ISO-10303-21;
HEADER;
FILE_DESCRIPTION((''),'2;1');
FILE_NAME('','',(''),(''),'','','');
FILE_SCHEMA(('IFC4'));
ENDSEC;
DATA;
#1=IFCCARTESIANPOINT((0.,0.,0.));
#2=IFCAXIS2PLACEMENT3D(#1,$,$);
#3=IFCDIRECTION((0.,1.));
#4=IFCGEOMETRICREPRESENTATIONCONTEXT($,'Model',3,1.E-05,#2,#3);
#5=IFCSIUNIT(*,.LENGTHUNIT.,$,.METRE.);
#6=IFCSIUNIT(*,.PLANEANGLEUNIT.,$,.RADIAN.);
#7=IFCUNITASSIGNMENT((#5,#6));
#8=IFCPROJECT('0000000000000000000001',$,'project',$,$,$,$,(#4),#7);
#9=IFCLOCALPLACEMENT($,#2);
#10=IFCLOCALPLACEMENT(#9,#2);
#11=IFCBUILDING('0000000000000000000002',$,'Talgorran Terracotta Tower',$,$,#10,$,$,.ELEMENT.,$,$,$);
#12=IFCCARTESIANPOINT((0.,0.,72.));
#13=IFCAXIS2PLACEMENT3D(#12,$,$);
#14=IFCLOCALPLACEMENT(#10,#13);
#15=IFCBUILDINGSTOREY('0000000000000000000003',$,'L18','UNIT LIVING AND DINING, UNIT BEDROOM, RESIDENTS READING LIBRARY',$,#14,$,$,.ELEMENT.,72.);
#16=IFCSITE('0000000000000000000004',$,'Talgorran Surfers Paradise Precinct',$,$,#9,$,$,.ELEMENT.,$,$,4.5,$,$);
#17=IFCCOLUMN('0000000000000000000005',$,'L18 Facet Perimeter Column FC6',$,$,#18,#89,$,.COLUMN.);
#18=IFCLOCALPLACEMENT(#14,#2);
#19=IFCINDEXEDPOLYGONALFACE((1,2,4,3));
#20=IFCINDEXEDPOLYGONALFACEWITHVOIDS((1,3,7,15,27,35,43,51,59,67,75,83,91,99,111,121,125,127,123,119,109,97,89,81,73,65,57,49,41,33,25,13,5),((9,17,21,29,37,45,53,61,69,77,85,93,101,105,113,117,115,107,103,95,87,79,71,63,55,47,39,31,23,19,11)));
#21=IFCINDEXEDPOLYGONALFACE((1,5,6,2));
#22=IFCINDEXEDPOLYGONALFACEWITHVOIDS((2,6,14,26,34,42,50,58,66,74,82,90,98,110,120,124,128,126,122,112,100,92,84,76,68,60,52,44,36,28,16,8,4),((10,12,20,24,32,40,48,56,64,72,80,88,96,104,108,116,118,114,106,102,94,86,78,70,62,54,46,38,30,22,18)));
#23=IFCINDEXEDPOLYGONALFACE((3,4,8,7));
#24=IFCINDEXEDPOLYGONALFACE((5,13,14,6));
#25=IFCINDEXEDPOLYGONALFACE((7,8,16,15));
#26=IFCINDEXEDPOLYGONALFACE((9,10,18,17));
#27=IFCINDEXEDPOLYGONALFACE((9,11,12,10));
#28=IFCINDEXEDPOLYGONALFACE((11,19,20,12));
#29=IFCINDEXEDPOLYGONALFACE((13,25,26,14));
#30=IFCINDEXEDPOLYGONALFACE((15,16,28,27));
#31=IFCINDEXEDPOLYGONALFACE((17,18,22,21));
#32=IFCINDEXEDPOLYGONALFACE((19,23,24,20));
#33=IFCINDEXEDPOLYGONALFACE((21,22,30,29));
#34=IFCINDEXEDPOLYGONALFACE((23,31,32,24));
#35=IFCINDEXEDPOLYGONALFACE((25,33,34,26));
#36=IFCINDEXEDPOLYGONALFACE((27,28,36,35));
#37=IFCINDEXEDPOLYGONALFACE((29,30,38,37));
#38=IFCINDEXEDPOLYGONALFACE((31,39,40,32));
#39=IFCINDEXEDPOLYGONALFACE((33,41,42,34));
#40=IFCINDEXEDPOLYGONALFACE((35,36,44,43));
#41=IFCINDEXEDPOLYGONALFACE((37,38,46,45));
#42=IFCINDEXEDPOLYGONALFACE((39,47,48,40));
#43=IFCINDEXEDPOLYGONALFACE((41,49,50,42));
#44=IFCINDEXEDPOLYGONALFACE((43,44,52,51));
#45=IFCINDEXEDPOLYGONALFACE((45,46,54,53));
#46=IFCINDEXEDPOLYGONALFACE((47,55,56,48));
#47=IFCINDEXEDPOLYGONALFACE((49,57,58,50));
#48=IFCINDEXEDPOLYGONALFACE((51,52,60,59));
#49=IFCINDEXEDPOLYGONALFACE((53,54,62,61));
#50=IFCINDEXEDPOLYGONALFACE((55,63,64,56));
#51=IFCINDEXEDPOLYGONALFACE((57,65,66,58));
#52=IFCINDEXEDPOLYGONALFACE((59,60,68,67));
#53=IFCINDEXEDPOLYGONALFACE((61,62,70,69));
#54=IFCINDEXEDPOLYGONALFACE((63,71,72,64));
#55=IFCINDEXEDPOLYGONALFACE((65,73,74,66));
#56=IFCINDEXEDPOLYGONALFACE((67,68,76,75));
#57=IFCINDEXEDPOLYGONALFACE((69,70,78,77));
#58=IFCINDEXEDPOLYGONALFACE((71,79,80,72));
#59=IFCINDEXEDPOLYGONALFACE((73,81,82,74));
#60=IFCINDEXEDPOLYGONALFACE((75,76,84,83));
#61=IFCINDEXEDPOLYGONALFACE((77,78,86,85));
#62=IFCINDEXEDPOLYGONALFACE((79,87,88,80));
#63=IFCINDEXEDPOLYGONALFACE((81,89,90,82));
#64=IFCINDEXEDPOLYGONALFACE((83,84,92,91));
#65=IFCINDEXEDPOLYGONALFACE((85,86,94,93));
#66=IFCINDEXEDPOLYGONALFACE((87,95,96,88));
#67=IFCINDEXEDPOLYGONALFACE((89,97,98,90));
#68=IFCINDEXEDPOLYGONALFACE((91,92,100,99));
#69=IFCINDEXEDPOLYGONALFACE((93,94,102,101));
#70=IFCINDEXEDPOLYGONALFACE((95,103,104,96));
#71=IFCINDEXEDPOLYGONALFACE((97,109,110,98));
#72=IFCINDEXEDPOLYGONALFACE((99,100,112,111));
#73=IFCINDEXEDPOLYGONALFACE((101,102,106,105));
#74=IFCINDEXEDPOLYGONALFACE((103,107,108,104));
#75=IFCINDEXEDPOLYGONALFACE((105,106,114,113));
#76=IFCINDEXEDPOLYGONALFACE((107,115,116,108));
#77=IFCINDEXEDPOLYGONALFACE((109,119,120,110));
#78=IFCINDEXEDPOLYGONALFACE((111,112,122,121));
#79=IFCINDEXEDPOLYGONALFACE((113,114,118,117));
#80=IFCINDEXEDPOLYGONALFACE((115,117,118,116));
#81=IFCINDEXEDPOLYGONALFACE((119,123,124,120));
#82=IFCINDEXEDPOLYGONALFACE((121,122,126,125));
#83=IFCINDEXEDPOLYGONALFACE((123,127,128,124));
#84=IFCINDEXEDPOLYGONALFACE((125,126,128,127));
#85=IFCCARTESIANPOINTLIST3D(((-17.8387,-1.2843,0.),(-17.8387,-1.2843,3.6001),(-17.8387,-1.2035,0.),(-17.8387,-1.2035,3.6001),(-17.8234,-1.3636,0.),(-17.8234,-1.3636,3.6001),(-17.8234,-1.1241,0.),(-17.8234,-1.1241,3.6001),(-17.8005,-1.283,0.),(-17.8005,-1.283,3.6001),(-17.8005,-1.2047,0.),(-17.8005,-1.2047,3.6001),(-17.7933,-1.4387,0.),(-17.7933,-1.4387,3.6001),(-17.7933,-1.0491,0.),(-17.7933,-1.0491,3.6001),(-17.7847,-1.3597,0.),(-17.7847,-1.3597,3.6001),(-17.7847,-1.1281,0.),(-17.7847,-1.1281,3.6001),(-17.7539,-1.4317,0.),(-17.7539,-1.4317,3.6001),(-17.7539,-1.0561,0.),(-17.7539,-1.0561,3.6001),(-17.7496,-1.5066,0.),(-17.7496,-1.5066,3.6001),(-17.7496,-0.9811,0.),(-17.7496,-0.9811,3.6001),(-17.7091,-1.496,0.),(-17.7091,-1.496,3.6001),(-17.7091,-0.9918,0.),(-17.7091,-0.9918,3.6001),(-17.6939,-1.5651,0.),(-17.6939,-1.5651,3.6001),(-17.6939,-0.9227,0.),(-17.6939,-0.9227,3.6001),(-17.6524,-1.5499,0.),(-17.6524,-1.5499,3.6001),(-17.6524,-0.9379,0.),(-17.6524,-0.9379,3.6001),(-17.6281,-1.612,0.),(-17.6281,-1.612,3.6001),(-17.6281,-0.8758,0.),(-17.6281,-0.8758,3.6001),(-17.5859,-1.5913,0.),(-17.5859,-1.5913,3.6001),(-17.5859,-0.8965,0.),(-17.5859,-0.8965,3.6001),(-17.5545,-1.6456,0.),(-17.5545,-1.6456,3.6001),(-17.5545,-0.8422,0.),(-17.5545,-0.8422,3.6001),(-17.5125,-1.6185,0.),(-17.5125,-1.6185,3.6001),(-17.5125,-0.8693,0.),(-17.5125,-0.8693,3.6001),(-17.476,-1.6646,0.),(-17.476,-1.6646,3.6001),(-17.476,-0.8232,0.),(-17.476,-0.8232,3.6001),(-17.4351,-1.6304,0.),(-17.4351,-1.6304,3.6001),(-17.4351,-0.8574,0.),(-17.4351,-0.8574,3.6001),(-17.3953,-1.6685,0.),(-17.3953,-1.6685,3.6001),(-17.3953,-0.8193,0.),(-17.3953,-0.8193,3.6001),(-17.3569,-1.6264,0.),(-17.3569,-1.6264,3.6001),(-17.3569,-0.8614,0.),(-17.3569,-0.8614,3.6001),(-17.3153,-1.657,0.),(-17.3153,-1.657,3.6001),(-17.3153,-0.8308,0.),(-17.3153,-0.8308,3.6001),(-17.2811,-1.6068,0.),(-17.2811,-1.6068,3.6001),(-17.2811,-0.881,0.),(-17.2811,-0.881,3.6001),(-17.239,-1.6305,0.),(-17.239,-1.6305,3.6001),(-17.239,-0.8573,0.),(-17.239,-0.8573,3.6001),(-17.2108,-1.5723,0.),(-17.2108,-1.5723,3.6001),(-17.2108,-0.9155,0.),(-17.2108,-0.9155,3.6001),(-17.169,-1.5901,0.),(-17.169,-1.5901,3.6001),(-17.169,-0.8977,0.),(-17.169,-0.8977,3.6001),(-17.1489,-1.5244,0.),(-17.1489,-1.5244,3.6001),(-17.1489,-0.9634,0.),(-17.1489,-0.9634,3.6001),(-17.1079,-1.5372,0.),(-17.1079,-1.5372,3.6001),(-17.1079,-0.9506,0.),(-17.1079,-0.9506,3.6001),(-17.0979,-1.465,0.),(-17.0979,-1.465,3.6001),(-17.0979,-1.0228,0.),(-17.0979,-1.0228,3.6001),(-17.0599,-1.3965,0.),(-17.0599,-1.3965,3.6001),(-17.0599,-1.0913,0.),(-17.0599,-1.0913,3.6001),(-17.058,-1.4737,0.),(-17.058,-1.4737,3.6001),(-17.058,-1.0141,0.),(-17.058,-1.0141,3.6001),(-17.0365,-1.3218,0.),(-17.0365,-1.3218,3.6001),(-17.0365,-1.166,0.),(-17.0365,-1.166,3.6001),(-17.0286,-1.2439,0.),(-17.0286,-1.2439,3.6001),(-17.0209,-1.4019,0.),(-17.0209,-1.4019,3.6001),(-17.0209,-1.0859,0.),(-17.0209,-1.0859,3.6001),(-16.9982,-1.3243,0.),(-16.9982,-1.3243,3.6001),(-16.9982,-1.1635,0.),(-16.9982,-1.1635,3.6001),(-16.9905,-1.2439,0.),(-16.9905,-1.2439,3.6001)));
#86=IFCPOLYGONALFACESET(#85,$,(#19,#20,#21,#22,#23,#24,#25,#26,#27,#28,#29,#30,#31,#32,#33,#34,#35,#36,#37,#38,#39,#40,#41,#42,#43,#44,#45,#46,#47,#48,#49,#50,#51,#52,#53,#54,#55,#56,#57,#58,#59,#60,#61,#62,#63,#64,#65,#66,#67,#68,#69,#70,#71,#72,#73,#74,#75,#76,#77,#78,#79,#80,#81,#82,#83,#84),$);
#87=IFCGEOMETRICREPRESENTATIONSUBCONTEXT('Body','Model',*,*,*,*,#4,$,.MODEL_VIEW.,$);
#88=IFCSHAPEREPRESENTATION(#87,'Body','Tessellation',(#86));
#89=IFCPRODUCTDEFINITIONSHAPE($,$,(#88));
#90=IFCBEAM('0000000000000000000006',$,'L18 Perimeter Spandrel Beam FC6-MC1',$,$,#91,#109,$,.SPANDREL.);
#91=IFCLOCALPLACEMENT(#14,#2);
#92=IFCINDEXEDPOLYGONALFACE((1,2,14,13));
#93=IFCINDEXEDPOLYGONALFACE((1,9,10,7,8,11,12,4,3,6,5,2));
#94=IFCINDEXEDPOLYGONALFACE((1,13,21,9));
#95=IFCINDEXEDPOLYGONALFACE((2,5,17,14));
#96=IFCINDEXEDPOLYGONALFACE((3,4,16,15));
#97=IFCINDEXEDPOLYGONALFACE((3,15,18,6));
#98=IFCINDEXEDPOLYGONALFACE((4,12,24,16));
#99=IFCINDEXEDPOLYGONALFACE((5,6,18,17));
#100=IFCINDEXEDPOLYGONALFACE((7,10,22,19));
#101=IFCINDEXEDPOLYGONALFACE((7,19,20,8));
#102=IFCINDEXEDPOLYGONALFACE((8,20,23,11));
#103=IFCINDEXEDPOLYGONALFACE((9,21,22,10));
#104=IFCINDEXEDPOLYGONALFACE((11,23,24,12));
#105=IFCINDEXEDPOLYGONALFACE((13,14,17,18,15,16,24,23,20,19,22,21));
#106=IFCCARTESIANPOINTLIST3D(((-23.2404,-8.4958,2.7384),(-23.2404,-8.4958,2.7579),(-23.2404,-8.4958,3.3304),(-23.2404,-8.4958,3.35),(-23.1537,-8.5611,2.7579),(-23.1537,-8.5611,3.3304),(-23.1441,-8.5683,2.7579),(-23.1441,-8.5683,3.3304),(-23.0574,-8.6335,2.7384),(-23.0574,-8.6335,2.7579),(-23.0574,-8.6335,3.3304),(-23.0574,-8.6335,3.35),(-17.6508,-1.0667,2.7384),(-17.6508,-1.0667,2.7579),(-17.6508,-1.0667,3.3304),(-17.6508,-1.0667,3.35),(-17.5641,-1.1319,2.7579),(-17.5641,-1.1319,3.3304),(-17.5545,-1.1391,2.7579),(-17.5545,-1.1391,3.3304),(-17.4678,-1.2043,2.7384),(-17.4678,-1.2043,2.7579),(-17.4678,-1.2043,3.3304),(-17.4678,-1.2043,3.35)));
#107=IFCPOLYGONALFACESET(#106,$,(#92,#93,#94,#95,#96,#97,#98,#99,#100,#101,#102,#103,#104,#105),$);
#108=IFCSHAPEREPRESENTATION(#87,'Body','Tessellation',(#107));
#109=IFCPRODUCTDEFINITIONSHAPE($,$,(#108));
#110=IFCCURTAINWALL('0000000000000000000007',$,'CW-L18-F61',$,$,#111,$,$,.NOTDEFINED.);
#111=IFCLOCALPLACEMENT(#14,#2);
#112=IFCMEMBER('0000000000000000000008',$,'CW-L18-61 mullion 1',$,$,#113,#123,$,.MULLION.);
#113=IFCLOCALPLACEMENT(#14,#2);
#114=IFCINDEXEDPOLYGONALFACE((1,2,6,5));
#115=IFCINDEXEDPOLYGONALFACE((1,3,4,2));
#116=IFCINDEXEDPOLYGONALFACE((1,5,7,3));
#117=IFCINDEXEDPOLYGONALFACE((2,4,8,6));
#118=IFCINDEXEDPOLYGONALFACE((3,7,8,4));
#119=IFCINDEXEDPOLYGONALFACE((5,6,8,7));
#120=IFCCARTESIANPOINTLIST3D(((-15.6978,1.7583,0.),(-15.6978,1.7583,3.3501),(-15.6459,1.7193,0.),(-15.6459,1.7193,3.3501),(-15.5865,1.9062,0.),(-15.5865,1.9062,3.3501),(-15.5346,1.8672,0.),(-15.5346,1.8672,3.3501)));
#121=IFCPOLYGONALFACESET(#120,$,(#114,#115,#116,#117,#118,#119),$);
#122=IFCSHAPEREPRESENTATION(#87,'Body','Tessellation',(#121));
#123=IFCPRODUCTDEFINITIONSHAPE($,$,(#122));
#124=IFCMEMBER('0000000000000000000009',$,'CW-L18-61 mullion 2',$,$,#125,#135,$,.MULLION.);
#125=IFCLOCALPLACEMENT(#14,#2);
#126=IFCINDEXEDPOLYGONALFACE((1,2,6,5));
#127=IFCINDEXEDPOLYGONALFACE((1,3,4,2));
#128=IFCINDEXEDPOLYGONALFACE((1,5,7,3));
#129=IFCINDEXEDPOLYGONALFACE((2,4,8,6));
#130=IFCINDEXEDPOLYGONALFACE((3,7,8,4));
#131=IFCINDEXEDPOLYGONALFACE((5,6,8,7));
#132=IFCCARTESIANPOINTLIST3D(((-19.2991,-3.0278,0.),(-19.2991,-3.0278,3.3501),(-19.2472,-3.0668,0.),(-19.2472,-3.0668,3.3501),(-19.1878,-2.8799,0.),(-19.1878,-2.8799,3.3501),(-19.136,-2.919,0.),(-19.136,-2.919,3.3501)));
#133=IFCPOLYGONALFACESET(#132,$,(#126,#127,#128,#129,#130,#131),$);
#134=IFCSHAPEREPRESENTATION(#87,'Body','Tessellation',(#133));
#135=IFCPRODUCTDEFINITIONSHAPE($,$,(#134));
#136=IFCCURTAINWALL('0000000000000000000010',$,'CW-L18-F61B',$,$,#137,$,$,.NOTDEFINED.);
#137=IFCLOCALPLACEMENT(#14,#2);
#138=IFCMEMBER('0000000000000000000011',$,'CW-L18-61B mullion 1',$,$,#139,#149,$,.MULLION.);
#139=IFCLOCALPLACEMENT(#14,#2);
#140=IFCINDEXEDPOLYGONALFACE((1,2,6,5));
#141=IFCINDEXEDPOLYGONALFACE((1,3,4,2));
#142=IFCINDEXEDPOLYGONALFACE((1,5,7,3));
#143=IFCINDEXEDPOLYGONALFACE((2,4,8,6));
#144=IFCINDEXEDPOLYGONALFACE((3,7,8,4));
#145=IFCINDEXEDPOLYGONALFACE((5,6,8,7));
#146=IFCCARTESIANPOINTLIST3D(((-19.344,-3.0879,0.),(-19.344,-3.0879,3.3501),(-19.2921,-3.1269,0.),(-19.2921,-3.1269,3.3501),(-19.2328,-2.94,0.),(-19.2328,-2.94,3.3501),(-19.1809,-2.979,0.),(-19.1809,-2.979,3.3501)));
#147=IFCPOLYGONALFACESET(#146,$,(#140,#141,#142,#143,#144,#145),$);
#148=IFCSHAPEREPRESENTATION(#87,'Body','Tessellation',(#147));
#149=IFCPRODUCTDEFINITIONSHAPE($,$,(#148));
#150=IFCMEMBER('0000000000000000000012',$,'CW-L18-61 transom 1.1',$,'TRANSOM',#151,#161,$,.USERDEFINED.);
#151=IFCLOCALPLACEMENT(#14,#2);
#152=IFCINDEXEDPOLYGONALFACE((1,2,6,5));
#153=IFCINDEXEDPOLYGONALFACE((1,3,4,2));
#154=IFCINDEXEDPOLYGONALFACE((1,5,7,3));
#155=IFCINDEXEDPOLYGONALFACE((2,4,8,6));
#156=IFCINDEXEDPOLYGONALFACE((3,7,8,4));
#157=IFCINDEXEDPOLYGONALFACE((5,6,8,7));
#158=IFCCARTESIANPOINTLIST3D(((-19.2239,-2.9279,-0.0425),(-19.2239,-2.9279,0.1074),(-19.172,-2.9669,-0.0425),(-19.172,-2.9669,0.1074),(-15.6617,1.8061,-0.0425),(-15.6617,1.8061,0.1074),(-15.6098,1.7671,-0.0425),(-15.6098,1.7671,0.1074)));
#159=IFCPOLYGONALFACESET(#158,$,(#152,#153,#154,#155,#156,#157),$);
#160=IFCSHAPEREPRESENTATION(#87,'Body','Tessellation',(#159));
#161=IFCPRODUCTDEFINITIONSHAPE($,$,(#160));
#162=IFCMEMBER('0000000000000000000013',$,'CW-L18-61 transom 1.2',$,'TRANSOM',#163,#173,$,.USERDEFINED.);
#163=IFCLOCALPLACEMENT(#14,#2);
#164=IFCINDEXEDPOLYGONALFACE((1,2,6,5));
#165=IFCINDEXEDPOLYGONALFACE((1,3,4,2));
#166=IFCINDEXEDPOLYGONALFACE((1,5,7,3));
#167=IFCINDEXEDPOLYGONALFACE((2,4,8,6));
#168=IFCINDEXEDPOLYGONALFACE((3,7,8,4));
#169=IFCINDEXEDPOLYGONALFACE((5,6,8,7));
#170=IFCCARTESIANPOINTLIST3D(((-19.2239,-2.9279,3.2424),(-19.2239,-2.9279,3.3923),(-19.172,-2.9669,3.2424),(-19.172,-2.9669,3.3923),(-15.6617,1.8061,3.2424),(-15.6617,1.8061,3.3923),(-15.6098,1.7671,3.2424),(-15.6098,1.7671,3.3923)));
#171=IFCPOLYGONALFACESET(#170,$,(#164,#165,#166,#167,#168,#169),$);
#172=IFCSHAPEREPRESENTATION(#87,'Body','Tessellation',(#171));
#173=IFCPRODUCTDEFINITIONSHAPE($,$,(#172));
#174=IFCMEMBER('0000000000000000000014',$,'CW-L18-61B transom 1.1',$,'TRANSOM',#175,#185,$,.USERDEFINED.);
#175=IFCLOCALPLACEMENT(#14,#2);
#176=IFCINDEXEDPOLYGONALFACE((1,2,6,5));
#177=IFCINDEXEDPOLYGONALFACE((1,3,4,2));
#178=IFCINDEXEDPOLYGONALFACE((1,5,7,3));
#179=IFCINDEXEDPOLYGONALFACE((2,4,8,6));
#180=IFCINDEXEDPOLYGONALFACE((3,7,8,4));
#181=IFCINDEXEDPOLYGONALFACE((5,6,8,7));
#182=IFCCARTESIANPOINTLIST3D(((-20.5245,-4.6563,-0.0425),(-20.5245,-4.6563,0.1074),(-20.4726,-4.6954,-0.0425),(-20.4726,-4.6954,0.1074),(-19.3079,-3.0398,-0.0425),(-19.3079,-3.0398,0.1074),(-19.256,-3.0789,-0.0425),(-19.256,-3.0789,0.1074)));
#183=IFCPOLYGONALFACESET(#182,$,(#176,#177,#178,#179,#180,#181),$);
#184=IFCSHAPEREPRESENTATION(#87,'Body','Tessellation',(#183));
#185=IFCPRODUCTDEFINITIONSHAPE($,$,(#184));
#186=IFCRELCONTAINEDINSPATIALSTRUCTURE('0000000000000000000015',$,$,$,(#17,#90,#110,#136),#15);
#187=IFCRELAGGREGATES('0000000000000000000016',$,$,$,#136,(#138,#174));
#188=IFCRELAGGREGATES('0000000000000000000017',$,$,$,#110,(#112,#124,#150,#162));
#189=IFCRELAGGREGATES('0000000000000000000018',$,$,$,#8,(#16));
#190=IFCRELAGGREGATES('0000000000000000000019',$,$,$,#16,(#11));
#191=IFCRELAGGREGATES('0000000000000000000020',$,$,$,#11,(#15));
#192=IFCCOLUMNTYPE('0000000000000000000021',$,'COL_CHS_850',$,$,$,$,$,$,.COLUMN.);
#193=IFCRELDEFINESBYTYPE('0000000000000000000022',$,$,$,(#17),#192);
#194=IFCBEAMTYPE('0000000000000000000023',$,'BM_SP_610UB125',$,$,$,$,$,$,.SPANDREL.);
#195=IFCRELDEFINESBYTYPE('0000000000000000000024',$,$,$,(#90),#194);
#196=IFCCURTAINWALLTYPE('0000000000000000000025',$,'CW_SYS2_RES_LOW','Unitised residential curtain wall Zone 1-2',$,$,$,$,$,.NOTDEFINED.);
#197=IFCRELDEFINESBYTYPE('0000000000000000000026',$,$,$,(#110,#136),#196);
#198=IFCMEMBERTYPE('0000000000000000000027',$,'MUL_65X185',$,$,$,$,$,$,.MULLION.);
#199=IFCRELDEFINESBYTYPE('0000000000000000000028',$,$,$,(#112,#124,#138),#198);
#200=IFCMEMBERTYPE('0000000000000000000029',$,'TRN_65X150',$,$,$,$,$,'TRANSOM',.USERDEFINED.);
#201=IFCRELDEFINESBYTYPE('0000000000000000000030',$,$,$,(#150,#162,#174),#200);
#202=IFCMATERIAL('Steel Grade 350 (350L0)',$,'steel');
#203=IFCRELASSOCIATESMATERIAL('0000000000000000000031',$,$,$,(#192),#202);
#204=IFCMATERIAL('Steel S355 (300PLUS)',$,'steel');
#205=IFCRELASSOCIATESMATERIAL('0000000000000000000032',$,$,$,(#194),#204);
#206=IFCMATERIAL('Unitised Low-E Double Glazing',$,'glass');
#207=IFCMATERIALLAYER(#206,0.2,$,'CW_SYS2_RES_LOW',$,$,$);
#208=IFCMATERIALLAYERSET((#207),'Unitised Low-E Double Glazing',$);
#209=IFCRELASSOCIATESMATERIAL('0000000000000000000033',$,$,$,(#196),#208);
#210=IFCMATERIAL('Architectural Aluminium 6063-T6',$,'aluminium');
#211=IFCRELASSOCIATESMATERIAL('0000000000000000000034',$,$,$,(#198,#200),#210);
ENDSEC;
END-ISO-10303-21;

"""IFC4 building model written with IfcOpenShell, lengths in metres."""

from ifc_helpers import new_model, si_unit, direction, frame, origin, origin_2d, place, context, subcontext, project, spatial, rectangle, hollow_circle, i_section, extrude, material, layer, layer_set, material_profile, profile_set, type_object, element, aggregate, save


model = new_model("IFC4")

# Units and contexts
model_context = context("Model", 3, precision=1e-05, world=origin(), true_north=direction((0.0, 1.0)))
body_context = subcontext(model_context, "Body", "Model", "MODEL_VIEW")
ifc_project = project(units=[si_unit("LENGTHUNIT", "METRE"), si_unit("PLANEANGLEUNIT", "RADIAN")], contexts=[model_context])

# Site, building, storey
site_placement = place(None, origin())
site = spatial("IfcSite", under=ifc_project, at=site_placement, Name="Talgorran Surfers Paradise Precinct", CompositionType="ELEMENT", RefElevation=4.5)
building_placement = place(site_placement, origin())
building = spatial("IfcBuilding", under=site, at=building_placement, Name="Talgorran Terracotta Tower", CompositionType="ELEMENT")
storey_placement = place(building_placement, frame((0.0, 0.0, 72.0)))
storey = spatial("IfcBuildingStorey", under=building, at=storey_placement, Name="L18", Description="UNIT LIVING AND DINING, UNIT BEDROOM, RESIDENTS READING LIBRARY", CompositionType="ELEMENT", Elevation=72.0)

# Column
ifc_material_1 = material(Name="Steel Grade 350 (350L0)", Category="steel")
ifc_material_profile_1 = material_profile(ifc_material_1, hollow_circle(Radius=0.425, WallThickness=0.0381, at=origin_2d()), Name="CHS850X38")
ifc_profile_set_1 = profile_set([ifc_material_profile_1], Name="Steel Grade 350 (350L0)")
column_type = type_object("IfcColumnType", Name="COL_CHS_850", PredefinedType="COLUMN", material=ifc_profile_set_1)
column_placement = place(storey_placement, frame((-17.4155, -1.2439, 0.0), z_axis=(0.0, 0.0, 1.0), x_axis=(1.0, 0.0, 0.0)))
element("IfcColumn", 1, at=column_placement, inside=storey, type_object=column_type, Name="L18 Facet Perimeter Column FC6", PredefinedType="COLUMN", context=body_context, shape_type="SweptSolid", body=[
    extrude(hollow_circle(Radius=0.425, WallThickness=0.0381, at=origin_2d()), origin(), (0.0, 0.0, 1.0), 3.6001),
])

# Beam
ifc_material_2 = material(Name="Steel S355 (300PLUS)", Category="steel")
ifc_material_profile_2 = material_profile(ifc_material_2, i_section(OverallWidth=0.229, OverallDepth=0.6116, WebThickness=0.012, FlangeThickness=0.0195, at=origin_2d()), Name="610UB125")
ifc_profile_set_2 = profile_set([ifc_material_profile_2], Name="Steel S355 (300PLUS)")
beam_type = type_object("IfcBeamType", Name="BM_SP_610UB125", PredefinedType="SPANDREL", material=ifc_profile_set_2)
beam_placement = place(storey_placement, frame((-17.5593, -1.1355, 3.0442), z_axis=(-0.601218, -0.799085, 0.0), x_axis=(0.799085, -0.601218, 0.0)))
element("IfcBeam", 2, at=beam_placement, inside=storey, type_object=beam_type, Name="L18 Perimeter Spandrel Beam FC6-MC1", PredefinedType="SPANDREL", context=body_context, shape_type="SweptSolid", body=[
    extrude(i_section(OverallWidth=0.229, OverallDepth=0.6116, WebThickness=0.012, FlangeThickness=0.0195, at=origin_2d()), origin(), (0.0, 0.0, 1.0), 9.2971),
])

# Curtain wall, members
ifc_material_3 = material(Name="Unitised Low-E Double Glazing", Category="glass")
ifc_layer_1 = layer(ifc_material_3, 0.2, Name="CW_SYS2_RES_LOW")
ifc_layer_set_1 = layer_set([ifc_layer_1], Name="Unitised Low-E Double Glazing")
curtain_wall_type = type_object("IfcCurtainWallType", Name="CW_SYS2_RES_LOW", Description="Unitised residential curtain wall Zone 1-2", PredefinedType="NOTDEFINED", material=ifc_layer_set_1)
curtain_wall_1_placement = place(storey_placement, origin())
curtain_wall_1 = element("IfcCurtainWall", 3, at=curtain_wall_1_placement, inside=storey, type_object=curtain_wall_type, Name="CW-L18-F61", PredefinedType="NOTDEFINED")
ifc_material_4 = material(Name="Architectural Aluminium 6063-T6", Category="aluminium")
ifc_material_profile_3 = material_profile(ifc_material_4, rectangle(XDim=0.0649, YDim=0.1851, at=origin_2d()), Name="CWM65X185")
ifc_profile_set_3 = profile_set([ifc_material_profile_3], Name="Architectural Aluminium 6063-T6")
member_type_1 = type_object("IfcMemberType", Name="MUL_65X185", PredefinedType="MULLION", material=ifc_profile_set_3)
member_1_placement = place(storey_placement, frame((-15.6162, 1.8127, 0.0), z_axis=(0.0, 0.0, 1.0), x_axis=(0.799064, -0.601247, 0.0)))
member_1 = element("IfcMember", 4, at=member_1_placement, type_object=member_type_1, Name="CW-L18-61 mullion 1", PredefinedType="MULLION", context=body_context, shape_type="SweptSolid", body=[
    extrude(rectangle(XDim=0.0649, YDim=0.1851, at=origin_2d()), origin(), (0.0, 0.0, 1.0), 3.3501),
])
member_2_placement = place(storey_placement, frame((-19.2175, -2.9734, 0.0), z_axis=(0.0, 0.0, 1.0), x_axis=(0.799064, -0.601247, 0.0)))
member_2 = element("IfcMember", 5, at=member_2_placement, type_object=member_type_1, Name="CW-L18-61 mullion 2", PredefinedType="MULLION", context=body_context, shape_type="SweptSolid", body=[
    extrude(rectangle(XDim=0.0649, YDim=0.1851, at=origin_2d()), origin(), (0.0, 0.0, 1.0), 3.3501),
])

# Curtain wall, member
curtain_wall_2_placement = place(storey_placement, origin())
curtain_wall_2 = element("IfcCurtainWall", 6, at=curtain_wall_2_placement, inside=storey, type_object=curtain_wall_type, Name="CW-L18-F61B", PredefinedType="NOTDEFINED")
member_3_placement = place(storey_placement, frame((-19.2625, -3.0334, 0.0), z_axis=(0.0, 0.0, 1.0), x_axis=(0.799063, -0.601248, 0.0)))
member_3 = element("IfcMember", 7, at=member_3_placement, type_object=member_type_1, Name="CW-L18-61B mullion 1", PredefinedType="MULLION", context=body_context, shape_type="SweptSolid", body=[
    extrude(rectangle(XDim=0.0649, YDim=0.1851, at=origin_2d()), origin(), (0.0, 0.0, 1.0), 3.3501),
])

# Members
ifc_material_profile_4 = material_profile(ifc_material_4, rectangle(XDim=0.0649, YDim=0.1499, at=origin_2d()), Name="CWT65X150")
ifc_profile_set_4 = profile_set([ifc_material_profile_4], Name="Architectural Aluminium 6063-T6")
member_type_2 = type_object("IfcMemberType", Name="TRN_65X150", ElementType="TRANSOM", PredefinedType="USERDEFINED", material=ifc_profile_set_4)
member_4_placement = place(storey_placement, frame((-15.6357, 1.7866, 0.0325), z_axis=(-0.601259, -0.799055, 0.0), x_axis=(0.799055, -0.601259, 0.0)))
member_4 = element("IfcMember", 8, at=member_4_placement, type_object=member_type_2, Name="CW-L18-61 transom 1.1", ObjectType="TRANSOM", PredefinedType="USERDEFINED", context=body_context, shape_type="SweptSolid", body=[
    extrude(rectangle(XDim=0.0649, YDim=0.1499, at=origin_2d()), origin(), (0.0, 0.0, 1.0), 5.9246),
])
member_5_placement = place(storey_placement, frame((-15.6357, 1.7866, 3.3174), z_axis=(-0.601259, -0.799055, 0.0), x_axis=(0.799055, -0.601259, 0.0)))
member_5 = element("IfcMember", 9, at=member_5_placement, type_object=member_type_2, Name="CW-L18-61 transom 1.2", ObjectType="TRANSOM", PredefinedType="USERDEFINED", context=body_context, shape_type="SweptSolid", body=[
    extrude(rectangle(XDim=0.0649, YDim=0.1499, at=origin_2d()), origin(), (0.0, 0.0, 1.0), 5.9246),
])
member_6_placement = place(storey_placement, frame((-19.282, -3.0593, 0.0325), z_axis=(-0.601331, -0.799, 0.0), x_axis=(0.799, -0.601331, 0.0)))
member_6 = element("IfcMember", 10, at=member_6_placement, type_object=member_type_2, Name="CW-L18-61B transom 1.1", ObjectType="TRANSOM", PredefinedType="USERDEFINED", context=body_context, shape_type="SweptSolid", body=[
    extrude(rectangle(XDim=0.0649, YDim=0.1499, at=origin_2d()), origin(), (0.0, 0.0, 1.0), 2.0232),
])
aggregate(curtain_wall_2, [member_3, member_6])

aggregate(curtain_wall_1, [member_1, member_2, member_4, member_5])

save(model, "model.ifc")
